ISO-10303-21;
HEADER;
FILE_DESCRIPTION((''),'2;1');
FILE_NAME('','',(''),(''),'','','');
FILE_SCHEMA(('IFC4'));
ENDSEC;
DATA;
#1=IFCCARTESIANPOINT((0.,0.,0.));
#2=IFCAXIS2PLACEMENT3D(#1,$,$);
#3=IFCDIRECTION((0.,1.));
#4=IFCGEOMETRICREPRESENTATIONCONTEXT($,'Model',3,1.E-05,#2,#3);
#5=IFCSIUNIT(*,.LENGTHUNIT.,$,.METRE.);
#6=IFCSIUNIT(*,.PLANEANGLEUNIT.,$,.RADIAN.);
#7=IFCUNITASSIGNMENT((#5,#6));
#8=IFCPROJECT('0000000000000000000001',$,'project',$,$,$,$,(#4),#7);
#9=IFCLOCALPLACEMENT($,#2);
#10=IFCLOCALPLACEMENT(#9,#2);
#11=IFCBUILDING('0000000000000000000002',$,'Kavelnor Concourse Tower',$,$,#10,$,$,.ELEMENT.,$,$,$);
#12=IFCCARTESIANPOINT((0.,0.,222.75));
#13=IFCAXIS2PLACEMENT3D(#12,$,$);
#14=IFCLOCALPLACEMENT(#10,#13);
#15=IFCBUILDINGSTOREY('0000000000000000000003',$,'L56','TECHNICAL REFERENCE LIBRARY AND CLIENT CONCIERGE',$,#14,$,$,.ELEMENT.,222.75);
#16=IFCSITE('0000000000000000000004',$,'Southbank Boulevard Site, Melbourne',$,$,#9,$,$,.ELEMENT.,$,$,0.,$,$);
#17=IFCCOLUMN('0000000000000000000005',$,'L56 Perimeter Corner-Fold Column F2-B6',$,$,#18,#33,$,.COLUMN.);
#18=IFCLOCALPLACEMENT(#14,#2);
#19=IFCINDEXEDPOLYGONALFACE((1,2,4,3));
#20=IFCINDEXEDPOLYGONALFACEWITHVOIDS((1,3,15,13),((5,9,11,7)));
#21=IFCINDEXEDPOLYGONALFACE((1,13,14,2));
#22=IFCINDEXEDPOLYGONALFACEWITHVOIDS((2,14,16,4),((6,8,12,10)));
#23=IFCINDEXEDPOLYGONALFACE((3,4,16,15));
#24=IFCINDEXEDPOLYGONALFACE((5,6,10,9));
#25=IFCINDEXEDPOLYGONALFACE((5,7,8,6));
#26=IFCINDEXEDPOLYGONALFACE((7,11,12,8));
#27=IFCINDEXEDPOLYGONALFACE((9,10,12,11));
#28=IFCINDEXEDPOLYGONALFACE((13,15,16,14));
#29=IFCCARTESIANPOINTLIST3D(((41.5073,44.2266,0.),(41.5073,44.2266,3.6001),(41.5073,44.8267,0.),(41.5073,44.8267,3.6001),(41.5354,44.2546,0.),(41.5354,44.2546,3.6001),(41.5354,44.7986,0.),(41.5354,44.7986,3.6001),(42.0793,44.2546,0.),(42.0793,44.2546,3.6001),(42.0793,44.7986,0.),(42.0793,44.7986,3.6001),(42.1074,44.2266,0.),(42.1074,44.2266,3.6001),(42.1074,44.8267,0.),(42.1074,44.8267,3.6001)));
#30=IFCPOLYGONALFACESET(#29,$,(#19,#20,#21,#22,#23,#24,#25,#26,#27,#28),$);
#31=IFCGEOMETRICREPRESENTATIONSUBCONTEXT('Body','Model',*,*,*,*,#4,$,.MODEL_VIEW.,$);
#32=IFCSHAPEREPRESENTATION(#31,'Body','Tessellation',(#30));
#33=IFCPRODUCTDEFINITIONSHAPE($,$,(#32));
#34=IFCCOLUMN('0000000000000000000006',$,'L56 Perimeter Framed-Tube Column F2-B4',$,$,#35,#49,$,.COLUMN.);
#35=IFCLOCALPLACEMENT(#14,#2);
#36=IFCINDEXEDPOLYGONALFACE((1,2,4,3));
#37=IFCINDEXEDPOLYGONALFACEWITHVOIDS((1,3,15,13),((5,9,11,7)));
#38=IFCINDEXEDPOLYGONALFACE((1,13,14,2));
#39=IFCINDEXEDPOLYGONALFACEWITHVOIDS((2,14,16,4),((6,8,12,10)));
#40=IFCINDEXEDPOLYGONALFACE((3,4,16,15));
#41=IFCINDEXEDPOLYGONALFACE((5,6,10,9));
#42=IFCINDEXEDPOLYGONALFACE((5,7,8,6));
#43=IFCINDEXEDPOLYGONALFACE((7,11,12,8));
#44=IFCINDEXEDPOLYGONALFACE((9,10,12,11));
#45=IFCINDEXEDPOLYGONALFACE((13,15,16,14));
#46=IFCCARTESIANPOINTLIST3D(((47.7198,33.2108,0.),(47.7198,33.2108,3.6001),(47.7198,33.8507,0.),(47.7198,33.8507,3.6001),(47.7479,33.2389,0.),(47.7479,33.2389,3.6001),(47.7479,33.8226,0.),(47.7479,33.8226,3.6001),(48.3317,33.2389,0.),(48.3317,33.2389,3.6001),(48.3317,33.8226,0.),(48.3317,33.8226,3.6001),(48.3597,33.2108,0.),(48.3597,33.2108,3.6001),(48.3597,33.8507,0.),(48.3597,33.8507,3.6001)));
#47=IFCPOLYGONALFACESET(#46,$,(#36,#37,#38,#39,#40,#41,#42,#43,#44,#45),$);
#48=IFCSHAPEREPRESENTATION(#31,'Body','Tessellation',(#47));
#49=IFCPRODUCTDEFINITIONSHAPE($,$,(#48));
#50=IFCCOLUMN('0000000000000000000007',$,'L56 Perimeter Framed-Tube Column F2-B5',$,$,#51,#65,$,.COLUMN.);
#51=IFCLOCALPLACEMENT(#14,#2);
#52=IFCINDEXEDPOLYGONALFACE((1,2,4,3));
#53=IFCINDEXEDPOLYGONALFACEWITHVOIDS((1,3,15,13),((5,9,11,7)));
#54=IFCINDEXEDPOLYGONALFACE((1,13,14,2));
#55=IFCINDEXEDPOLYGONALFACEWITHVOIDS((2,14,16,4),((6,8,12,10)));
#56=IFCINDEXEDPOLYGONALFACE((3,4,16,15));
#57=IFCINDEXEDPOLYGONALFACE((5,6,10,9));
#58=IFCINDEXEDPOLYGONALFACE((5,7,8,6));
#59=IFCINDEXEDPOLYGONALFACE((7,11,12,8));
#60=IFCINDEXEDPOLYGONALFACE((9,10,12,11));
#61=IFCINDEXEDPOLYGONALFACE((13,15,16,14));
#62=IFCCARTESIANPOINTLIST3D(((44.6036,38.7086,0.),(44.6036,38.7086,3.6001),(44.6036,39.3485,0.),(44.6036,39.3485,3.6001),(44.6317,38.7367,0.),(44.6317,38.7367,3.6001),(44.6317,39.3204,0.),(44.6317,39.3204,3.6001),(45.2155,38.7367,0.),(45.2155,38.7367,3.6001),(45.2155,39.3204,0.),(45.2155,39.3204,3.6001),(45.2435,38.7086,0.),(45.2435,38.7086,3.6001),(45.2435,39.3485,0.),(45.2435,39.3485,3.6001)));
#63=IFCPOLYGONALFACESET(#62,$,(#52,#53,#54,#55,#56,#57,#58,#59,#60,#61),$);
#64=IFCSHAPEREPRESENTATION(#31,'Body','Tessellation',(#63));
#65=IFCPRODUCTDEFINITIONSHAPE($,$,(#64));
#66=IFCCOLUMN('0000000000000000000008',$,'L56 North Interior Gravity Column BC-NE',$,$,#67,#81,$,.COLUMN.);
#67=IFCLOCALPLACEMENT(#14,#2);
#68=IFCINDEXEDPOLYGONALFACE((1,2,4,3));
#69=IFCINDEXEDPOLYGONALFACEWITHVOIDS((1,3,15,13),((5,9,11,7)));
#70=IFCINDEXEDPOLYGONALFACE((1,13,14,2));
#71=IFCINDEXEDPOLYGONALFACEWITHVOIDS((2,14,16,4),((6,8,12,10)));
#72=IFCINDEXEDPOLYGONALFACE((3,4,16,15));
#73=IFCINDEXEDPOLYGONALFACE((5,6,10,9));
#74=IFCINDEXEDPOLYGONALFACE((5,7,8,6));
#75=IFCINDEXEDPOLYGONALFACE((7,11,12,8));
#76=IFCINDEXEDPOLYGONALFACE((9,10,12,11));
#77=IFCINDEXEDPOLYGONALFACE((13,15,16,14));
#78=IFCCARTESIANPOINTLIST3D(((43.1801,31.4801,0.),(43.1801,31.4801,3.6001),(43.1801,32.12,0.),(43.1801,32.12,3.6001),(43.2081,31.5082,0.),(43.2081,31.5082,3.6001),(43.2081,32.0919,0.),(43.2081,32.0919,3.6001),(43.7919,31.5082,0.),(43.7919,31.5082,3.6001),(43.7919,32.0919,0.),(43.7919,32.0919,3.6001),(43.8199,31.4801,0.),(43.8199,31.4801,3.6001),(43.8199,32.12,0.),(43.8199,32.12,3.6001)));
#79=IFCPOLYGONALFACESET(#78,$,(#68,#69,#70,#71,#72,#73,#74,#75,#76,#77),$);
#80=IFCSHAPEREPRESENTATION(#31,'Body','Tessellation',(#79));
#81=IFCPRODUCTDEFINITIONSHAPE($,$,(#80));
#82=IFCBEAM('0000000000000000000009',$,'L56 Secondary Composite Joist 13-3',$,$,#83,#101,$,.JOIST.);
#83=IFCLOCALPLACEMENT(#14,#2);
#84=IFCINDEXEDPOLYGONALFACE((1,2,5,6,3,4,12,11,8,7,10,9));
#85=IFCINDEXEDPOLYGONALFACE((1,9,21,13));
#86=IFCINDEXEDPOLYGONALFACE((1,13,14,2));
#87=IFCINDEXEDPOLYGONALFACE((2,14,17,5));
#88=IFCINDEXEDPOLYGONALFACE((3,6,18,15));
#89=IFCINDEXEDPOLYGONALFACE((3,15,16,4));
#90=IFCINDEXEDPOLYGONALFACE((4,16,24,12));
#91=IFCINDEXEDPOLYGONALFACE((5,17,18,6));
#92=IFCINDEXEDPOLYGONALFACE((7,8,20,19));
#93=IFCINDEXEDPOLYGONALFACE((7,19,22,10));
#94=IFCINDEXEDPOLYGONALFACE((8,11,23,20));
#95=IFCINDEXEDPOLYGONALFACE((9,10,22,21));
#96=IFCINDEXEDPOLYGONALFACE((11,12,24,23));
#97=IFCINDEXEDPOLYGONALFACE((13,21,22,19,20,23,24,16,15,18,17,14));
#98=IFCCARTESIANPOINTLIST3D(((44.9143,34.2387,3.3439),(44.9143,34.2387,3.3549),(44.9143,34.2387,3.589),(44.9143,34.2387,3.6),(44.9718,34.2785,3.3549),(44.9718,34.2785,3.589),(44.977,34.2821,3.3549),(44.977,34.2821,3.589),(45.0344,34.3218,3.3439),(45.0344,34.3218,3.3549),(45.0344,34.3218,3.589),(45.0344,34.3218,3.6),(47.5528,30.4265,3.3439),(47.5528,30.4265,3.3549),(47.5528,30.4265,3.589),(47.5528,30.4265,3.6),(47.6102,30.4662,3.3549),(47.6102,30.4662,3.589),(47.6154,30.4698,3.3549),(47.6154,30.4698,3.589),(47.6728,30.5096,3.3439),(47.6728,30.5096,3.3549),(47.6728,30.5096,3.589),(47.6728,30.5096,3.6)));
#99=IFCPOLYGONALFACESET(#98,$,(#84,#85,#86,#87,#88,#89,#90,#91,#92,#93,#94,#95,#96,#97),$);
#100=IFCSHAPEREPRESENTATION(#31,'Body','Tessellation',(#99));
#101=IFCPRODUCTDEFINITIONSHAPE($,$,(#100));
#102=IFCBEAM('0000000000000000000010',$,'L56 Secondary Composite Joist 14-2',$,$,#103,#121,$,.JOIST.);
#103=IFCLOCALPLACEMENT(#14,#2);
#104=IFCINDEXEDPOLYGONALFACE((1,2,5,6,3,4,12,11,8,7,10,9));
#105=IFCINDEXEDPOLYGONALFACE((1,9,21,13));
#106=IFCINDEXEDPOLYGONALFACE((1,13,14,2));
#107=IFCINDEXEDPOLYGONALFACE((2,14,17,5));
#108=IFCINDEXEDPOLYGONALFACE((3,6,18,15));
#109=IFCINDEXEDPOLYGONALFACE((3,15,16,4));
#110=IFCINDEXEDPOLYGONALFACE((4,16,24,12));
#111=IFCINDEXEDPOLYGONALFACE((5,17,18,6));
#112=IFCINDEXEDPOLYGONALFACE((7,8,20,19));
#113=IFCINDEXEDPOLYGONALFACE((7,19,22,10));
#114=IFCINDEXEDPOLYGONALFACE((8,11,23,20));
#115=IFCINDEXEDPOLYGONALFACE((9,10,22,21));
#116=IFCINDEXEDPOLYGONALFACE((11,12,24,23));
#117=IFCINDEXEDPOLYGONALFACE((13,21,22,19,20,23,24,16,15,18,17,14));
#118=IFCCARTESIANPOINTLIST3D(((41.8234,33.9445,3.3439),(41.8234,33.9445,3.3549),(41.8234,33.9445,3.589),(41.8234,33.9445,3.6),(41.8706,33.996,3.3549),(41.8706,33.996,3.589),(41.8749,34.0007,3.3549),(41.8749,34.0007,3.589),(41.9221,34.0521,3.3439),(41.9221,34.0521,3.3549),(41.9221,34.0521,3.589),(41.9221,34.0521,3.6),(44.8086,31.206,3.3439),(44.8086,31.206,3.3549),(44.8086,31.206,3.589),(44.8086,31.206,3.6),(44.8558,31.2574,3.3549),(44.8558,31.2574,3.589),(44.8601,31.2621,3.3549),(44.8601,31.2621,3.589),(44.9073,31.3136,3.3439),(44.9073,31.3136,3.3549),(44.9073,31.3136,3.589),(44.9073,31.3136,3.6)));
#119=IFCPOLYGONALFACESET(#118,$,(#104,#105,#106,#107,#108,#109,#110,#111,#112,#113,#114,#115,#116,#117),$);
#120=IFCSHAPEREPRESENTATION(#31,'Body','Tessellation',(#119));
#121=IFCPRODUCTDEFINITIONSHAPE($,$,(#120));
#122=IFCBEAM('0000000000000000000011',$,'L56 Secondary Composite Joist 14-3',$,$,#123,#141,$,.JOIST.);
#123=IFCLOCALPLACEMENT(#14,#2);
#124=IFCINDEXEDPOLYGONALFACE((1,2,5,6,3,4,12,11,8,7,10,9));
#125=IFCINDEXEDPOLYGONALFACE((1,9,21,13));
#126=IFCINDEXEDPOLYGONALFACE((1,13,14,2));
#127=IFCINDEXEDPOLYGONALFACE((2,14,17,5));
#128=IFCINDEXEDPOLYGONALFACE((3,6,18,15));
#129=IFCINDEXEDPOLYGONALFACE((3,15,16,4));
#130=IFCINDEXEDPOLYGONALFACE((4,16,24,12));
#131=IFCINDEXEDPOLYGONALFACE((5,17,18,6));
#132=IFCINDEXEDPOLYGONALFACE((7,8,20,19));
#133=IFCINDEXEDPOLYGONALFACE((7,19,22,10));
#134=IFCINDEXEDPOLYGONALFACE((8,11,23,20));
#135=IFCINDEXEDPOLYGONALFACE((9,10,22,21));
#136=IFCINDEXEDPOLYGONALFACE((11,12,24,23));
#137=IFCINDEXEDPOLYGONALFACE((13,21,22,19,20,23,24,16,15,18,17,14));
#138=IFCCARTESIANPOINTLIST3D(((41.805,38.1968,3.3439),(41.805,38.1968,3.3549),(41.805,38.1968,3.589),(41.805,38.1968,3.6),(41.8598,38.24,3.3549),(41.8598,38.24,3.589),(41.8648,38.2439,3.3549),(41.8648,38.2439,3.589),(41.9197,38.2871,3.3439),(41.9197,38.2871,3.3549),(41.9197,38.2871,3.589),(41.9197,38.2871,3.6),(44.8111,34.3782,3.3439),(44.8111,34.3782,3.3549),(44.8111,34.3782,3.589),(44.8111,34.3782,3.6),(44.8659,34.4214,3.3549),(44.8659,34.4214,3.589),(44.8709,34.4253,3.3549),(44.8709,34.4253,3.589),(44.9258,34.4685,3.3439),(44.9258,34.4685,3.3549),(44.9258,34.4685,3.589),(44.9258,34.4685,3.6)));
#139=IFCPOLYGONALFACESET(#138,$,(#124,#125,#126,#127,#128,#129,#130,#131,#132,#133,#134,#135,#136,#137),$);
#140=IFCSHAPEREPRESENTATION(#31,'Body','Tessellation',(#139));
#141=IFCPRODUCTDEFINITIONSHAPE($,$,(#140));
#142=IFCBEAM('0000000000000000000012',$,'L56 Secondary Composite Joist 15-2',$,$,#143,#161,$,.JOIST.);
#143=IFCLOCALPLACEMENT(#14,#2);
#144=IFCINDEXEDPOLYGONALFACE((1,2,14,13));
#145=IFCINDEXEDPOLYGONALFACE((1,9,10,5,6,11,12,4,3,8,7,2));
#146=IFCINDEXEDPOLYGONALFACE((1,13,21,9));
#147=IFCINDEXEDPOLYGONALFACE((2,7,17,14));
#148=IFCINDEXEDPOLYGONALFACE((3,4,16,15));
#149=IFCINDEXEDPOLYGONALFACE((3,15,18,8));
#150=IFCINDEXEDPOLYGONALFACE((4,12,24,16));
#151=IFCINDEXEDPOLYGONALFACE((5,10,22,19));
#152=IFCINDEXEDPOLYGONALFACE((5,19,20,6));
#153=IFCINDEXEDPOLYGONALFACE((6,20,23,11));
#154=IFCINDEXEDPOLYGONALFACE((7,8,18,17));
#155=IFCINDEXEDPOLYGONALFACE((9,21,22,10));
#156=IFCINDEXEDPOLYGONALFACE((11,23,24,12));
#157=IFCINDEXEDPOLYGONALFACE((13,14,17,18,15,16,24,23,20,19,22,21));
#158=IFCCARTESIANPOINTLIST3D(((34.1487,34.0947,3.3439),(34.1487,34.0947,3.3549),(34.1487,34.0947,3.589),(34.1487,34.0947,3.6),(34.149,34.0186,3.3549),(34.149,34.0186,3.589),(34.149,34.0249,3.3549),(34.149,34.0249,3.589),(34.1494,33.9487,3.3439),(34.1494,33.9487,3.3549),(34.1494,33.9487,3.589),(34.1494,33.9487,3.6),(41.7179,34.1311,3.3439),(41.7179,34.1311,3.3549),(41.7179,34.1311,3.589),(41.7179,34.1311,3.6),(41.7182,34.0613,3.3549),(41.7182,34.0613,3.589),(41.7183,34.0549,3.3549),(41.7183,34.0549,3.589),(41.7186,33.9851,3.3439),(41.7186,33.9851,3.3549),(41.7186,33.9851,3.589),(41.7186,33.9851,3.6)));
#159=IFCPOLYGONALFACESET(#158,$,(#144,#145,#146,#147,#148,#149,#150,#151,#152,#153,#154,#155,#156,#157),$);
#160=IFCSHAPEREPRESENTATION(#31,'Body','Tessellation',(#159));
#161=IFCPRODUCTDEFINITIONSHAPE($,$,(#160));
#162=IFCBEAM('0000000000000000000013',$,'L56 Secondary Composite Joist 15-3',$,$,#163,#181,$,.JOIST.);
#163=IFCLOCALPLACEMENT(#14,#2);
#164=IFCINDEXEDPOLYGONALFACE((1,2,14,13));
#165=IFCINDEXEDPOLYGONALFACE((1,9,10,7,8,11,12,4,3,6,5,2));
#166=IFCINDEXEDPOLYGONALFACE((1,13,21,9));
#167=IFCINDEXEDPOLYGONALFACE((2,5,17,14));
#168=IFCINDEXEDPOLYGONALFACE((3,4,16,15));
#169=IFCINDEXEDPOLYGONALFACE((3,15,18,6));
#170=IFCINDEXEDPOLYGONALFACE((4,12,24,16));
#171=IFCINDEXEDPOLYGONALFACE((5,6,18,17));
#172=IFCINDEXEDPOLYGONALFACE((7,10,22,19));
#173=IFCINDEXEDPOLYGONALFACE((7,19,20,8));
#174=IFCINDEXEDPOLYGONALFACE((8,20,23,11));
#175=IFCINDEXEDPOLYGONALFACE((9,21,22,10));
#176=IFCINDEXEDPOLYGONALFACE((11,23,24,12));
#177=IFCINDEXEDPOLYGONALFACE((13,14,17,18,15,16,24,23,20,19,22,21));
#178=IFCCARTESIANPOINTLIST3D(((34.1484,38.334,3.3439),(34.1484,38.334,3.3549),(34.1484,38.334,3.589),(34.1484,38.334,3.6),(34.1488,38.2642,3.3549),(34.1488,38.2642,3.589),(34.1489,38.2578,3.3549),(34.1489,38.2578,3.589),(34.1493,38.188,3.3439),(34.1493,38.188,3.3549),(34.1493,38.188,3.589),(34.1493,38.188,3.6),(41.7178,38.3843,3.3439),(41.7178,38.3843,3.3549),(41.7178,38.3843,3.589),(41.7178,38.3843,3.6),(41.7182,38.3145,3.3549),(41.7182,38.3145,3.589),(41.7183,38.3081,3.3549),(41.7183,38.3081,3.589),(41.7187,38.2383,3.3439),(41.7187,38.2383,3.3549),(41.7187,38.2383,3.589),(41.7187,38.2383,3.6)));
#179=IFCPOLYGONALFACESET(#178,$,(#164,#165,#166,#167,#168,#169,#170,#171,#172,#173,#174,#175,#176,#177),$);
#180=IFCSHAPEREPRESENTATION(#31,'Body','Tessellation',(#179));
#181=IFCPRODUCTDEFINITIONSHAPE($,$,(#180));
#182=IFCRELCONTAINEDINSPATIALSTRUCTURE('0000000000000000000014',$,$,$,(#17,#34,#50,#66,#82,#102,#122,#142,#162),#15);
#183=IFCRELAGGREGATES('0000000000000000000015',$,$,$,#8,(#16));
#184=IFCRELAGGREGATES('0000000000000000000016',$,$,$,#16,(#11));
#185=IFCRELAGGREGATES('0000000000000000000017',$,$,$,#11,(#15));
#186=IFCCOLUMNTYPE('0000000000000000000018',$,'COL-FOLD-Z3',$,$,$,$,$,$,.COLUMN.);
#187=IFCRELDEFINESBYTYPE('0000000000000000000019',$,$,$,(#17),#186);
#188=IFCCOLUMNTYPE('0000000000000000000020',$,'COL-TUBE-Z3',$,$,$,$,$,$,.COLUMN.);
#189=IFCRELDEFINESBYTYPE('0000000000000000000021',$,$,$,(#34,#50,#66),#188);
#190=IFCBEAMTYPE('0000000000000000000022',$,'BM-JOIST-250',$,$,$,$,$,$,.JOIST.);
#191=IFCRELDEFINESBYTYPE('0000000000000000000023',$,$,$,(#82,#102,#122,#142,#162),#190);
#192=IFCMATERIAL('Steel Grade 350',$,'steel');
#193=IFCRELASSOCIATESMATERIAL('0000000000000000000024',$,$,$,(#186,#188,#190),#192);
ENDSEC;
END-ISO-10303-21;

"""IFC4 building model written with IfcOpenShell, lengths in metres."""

from ifc_helpers import new_model, si_unit, direction, frame, origin, origin_2d, place, context, subcontext, project, spatial, hollow_rectangle, i_section, extrude, material, material_profile, profile_set, type_object, element, save


model = new_model("IFC4")

# Units and contexts
model_context = context("Model", 3, precision=1e-05, world=origin(), true_north=direction((0.0, 1.0)))
body_context = subcontext(model_context, "Body", "Model", "MODEL_VIEW")
ifc_project = project(units=[si_unit("LENGTHUNIT", "METRE"), si_unit("PLANEANGLEUNIT", "RADIAN")], contexts=[model_context])

# Site, building, storey
site_placement = place(None, origin())
site = spatial("IfcSite", under=ifc_project, at=site_placement, Name="Southbank Boulevard Site, Melbourne", CompositionType="ELEMENT", RefElevation=0.0)
building_placement = place(site_placement, origin())
building = spatial("IfcBuilding", under=site, at=building_placement, Name="Kavelnor Concourse Tower", CompositionType="ELEMENT")
storey_placement = place(building_placement, frame((0.0, 0.0, 222.75)))
storey = spatial("IfcBuildingStorey", under=building, at=storey_placement, Name="L56", Description="TECHNICAL REFERENCE LIBRARY AND CLIENT CONCIERGE", CompositionType="ELEMENT", Elevation=222.75)

# Columns
ifc_material_1 = material(Name="Steel Grade 350", Category="steel")
ifc_material_profile_1 = material_profile(ifc_material_1, hollow_rectangle(XDim=0.6001, YDim=0.6001, WallThickness=0.0281, at=origin_2d()), Name="SHS 600x600x28")
ifc_profile_set_1 = profile_set([ifc_material_profile_1], Name="Steel Grade 350")
column_type_1 = type_object("IfcColumnType", Name="COL-FOLD-Z3", PredefinedType="COLUMN", material=ifc_profile_set_1)
column_placement = place(storey_placement, frame((41.8074, 44.5266, 0.0), z_axis=(0.0, 0.0, 1.0), x_axis=(1.0, 0.0, 0.0)))
element("IfcColumn", 1, at=column_placement, inside=storey, type_object=column_type_1, Name="L56 Perimeter Corner-Fold Column F2-B6", PredefinedType="COLUMN", context=body_context, shape_type="SweptSolid", body=[
    extrude(hollow_rectangle(XDim=0.6001, YDim=0.6001, WallThickness=0.0281, at=origin_2d()), origin(), (0.0, 0.0, 1.0), 3.6001),
])
ifc_material_profile_2 = material_profile(ifc_material_1, hollow_rectangle(XDim=0.6399, YDim=0.6399, WallThickness=0.0281, at=origin_2d()), Name="SHS 640x640x28")
ifc_profile_set_2 = profile_set([ifc_material_profile_2], Name="Steel Grade 350")
column_type_2 = type_object("IfcColumnType", Name="COL-TUBE-Z3", PredefinedType="COLUMN", material=ifc_profile_set_2)
for number, where, z_axis, x_axis, name in (
    (2, (48.0398, 33.5308, 0.0), (0.0, 0.0, 1.0), (1.0, 0.0, 0.0), "L56 Perimeter Framed-Tube Column F2-B4"),
    (3, (44.9236, 39.0286, 0.0), (0.0, 0.0, 1.0), (1.0, 0.0, 0.0), "L56 Perimeter Framed-Tube Column F2-B5"),
    (4, (43.5, 31.8, 0.0), (0.0, 0.0, 1.0), (1.0, 0.0, 0.0), "L56 North Interior Gravity Column BC-NE"),
):
    element("IfcColumn", number, at=place(storey_placement, frame(where, z_axis=z_axis, x_axis=x_axis)), inside=storey, type_object=column_type_2, Name=name, PredefinedType="COLUMN", context=body_context, shape_type="SweptSolid", body=[
        extrude(hollow_rectangle(XDim=0.6399, YDim=0.6399, WallThickness=0.0281, at=origin_2d()), origin(), (0.0, 0.0, 1.0), 3.6001),
    ])

# Beams
ifc_material_profile_3 = material_profile(ifc_material_1, i_section(OverallWidth=0.146, OverallDepth=0.2561, WebThickness=0.0063, FlangeThickness=0.011, at=origin_2d()), Name="250UB37")
ifc_profile_set_3 = profile_set([ifc_material_profile_3], Name="Steel Grade 350")
beam_type_1 = type_object("IfcBeamType", Name="BM-JOIST-250", PredefinedType="JOIST", material=ifc_profile_set_3)
beam_1_placement = place(storey_placement, frame((47.6128, 30.468, 3.4719), z_axis=(-0.569089, 0.822276, 0.0), x_axis=(-0.822276, -0.569089, 0.0)))
element("IfcBeam", 5, at=beam_1_placement, inside=storey, type_object=beam_type_1, Name="L56 Secondary Composite Joist 13-3", PredefinedType="JOIST", context=body_context, shape_type="SweptSolid", body=[
    extrude(i_section(OverallWidth=0.146, OverallDepth=0.2561, WebThickness=0.0063, FlangeThickness=0.011, at=origin_2d()), origin(), (0.0, 0.0, 1.0), 4.6362),
])
beam_2_placement = place(storey_placement, frame((44.8579, 31.2598, 3.4719), z_axis=(-0.736886, 0.676017, 0.0), x_axis=(-0.676017, -0.736886, 0.0)))
element("IfcBeam", 6, at=beam_2_placement, inside=storey, type_object=beam_type_1, Name="L56 Secondary Composite Joist 14-2", PredefinedType="JOIST", context=body_context, shape_type="SweptSolid", body=[
    extrude(i_section(OverallWidth=0.146, OverallDepth=0.2561, WebThickness=0.0063, FlangeThickness=0.011, at=origin_2d()), origin(), (0.0, 0.0, 1.0), 4.051),
])
beam_3_placement = place(storey_placement, frame((44.8684, 34.4233, 3.4719), z_axis=(-0.618556, 0.785741, 0.0), x_axis=(-0.785741, -0.618556, 0.0)))
element("IfcBeam", 7, at=beam_3_placement, inside=storey, type_object=beam_type_1, Name="L56 Secondary Composite Joist 14-3", PredefinedType="JOIST", context=body_context, shape_type="SweptSolid", body=[
    extrude(i_section(OverallWidth=0.146, OverallDepth=0.2561, WebThickness=0.0063, FlangeThickness=0.011, at=origin_2d()), origin(), (0.0, 0.0, 1.0), 4.8599),
])
beam_4_placement = place(storey_placement, frame((41.7183, 34.0581, 3.4719), z_axis=(-0.999988, -0.004806, 0.0), x_axis=(0.004806, -0.999988, 0.0)))
element("IfcBeam", 8, at=beam_4_placement, inside=storey, type_object=beam_type_1, Name="L56 Secondary Composite Joist 15-2", PredefinedType="JOIST", context=body_context, shape_type="SweptSolid", body=[
    extrude(i_section(OverallWidth=0.146, OverallDepth=0.2561, WebThickness=0.0063, FlangeThickness=0.011, at=origin_2d()), origin(), (0.0, 0.0, 1.0), 7.5693),
])
beam_5_placement = place(storey_placement, frame((41.7183, 38.3113, 3.4719), z_axis=(-0.999978, -0.006644, 0.0), x_axis=(0.006644, -0.999978, 0.0)))
element("IfcBeam", 9, at=beam_5_placement, inside=storey, type_object=beam_type_1, Name="L56 Secondary Composite Joist 15-3", PredefinedType="JOIST", context=body_context, shape_type="SweptSolid", body=[
    extrude(i_section(OverallWidth=0.146, OverallDepth=0.2561, WebThickness=0.0063, FlangeThickness=0.011, at=origin_2d()), origin(), (0.0, 0.0, 1.0), 7.5696),
])

save(model, "model.ifc")
